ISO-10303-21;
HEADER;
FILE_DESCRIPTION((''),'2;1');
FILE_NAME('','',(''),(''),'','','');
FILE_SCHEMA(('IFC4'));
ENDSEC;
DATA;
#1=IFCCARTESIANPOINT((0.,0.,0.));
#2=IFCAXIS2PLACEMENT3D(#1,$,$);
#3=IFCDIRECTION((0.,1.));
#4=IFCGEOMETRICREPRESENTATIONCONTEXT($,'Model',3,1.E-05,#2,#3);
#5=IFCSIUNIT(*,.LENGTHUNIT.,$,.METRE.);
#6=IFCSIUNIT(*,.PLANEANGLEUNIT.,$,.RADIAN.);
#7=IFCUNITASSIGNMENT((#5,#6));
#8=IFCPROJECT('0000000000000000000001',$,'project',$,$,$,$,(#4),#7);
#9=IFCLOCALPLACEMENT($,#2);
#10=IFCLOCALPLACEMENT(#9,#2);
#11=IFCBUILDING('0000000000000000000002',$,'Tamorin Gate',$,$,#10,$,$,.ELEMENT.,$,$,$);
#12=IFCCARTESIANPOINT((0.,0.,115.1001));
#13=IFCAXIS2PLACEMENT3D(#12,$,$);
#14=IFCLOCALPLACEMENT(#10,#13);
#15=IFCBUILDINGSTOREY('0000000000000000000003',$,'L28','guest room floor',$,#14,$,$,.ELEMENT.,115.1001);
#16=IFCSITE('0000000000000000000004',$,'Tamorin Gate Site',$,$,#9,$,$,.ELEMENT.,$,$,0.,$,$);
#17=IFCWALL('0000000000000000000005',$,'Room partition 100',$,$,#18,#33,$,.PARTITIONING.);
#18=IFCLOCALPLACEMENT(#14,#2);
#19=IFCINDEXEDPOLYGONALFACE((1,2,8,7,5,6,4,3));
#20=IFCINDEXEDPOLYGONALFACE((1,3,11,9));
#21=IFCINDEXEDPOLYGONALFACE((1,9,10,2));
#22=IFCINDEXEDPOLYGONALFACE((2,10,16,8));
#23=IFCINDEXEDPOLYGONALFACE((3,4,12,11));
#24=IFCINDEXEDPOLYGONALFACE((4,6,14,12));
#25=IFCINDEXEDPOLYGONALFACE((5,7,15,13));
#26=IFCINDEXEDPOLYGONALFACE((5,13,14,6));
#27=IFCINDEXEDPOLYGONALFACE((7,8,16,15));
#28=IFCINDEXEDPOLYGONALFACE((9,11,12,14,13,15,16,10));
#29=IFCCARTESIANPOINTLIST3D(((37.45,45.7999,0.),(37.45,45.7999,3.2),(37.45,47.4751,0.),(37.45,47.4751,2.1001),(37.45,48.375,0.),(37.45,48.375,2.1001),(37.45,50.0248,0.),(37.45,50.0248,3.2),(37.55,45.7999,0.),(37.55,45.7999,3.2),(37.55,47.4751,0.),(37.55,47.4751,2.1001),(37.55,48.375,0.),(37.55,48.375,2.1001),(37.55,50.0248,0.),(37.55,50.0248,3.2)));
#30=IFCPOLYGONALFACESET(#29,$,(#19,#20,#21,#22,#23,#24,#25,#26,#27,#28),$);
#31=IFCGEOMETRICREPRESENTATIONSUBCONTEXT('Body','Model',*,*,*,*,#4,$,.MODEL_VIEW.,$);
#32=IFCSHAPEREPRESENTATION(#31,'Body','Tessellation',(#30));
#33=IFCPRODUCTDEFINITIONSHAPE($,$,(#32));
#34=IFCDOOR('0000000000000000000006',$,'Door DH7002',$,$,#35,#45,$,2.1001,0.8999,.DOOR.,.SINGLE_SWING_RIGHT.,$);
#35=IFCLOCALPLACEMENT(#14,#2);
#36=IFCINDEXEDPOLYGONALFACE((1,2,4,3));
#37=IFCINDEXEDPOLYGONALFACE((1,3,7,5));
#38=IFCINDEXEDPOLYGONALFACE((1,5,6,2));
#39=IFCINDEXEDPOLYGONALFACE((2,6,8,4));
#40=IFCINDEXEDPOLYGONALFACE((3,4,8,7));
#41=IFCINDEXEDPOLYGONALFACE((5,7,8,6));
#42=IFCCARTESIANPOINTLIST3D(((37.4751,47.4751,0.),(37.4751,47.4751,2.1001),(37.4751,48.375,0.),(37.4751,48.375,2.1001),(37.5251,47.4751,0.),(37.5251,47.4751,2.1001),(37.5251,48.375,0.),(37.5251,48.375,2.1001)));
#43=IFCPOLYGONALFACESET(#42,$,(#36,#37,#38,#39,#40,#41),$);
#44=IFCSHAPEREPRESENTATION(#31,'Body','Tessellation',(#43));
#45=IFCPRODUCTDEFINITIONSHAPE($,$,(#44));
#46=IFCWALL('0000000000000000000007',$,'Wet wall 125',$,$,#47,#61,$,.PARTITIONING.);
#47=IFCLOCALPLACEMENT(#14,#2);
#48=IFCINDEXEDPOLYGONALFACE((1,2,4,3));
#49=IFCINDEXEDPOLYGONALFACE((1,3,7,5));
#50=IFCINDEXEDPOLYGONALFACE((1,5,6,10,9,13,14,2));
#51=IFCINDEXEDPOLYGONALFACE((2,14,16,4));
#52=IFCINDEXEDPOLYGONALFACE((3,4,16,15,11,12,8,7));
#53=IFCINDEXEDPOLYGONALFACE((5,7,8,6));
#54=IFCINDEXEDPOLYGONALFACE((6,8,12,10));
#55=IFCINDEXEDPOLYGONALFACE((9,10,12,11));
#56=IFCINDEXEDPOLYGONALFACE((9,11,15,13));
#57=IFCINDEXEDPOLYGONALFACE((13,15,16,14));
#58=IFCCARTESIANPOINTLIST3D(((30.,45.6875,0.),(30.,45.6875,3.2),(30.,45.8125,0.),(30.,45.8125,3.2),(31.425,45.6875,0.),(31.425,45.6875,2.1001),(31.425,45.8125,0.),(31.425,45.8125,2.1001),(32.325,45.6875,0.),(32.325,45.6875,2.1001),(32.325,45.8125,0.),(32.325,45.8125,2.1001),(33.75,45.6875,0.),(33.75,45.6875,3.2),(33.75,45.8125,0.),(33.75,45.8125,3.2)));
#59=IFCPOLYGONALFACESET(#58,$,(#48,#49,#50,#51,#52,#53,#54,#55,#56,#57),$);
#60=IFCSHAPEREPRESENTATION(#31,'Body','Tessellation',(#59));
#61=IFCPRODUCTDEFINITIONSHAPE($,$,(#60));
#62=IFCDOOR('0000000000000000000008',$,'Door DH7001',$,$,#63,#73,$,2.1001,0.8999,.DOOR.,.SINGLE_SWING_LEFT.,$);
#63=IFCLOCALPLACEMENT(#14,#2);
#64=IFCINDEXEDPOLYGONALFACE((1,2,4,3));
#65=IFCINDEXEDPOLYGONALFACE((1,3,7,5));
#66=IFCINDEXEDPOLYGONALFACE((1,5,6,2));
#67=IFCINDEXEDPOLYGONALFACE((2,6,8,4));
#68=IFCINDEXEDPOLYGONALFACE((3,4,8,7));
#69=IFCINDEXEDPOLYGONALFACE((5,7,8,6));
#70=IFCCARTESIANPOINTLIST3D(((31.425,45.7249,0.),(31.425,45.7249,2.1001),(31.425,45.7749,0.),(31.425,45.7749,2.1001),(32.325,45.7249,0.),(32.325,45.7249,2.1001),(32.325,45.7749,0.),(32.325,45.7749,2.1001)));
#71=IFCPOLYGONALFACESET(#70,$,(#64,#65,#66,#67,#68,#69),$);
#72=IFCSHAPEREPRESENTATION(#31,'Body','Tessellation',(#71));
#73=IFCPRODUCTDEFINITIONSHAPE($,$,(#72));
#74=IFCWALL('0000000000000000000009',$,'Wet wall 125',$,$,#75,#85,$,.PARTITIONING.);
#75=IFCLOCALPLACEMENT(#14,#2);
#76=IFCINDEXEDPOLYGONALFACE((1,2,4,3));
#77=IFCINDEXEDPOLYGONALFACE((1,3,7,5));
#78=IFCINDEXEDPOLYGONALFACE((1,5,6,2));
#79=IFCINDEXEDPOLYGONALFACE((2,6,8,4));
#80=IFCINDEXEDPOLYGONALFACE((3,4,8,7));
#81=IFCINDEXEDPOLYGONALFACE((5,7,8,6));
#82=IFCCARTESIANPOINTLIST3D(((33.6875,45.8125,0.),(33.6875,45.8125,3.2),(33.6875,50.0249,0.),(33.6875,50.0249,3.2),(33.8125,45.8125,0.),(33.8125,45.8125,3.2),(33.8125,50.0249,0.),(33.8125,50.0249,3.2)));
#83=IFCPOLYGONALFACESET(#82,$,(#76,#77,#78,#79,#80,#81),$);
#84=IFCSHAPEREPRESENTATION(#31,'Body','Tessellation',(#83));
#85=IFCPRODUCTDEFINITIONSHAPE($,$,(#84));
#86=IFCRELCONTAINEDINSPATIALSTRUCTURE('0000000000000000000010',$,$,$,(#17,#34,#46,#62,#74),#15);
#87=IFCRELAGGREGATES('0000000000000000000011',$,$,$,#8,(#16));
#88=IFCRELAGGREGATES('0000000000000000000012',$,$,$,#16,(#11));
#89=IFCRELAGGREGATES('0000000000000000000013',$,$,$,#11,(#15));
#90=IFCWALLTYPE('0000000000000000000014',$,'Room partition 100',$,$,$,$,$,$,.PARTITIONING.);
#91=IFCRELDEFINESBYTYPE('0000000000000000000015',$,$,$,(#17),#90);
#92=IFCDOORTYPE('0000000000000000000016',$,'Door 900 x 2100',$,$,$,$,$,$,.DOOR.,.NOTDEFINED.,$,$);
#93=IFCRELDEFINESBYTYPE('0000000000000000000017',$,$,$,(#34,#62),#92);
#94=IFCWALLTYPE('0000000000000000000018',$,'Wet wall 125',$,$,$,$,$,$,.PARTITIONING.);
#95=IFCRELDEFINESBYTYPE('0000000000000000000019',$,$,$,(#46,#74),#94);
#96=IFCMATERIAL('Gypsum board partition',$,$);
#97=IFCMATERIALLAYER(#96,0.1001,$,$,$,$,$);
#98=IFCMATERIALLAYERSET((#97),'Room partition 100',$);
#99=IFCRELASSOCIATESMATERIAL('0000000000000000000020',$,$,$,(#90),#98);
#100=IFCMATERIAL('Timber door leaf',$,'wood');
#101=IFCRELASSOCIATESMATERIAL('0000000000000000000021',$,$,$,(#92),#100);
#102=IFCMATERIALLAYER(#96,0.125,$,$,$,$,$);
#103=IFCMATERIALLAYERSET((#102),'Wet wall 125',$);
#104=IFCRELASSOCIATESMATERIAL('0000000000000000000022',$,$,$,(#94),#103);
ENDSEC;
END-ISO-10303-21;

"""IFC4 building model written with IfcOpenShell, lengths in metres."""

from ifc_helpers import new_model, si_unit, direction, frame, frame_2d, origin, place, context, subcontext, project, spatial, rectangle, extrude, material, layer, layer_set, type_object, element, fill, save


model = new_model("IFC4")

# Units and contexts
model_context = context("Model", 3, precision=1e-05, world=origin(), true_north=direction((0.0, 1.0)))
body_context = subcontext(model_context, "Body", "Model", "MODEL_VIEW")
ifc_project = project(units=[si_unit("LENGTHUNIT", "METRE"), si_unit("PLANEANGLEUNIT", "RADIAN")], contexts=[model_context])

# Site, building, storey
site_placement = place(None, origin())
site = spatial("IfcSite", under=ifc_project, at=site_placement, Name="Tamorin Gate Site", CompositionType="ELEMENT", RefElevation=0.0)
building_placement = place(site_placement, origin())
building = spatial("IfcBuilding", under=site, at=building_placement, Name="Tamorin Gate", CompositionType="ELEMENT")
storey_placement = place(building_placement, frame((0.0, 0.0, 115.1001)))
storey = spatial("IfcBuildingStorey", under=building, at=storey_placement, Name="L28", Description="guest room floor", CompositionType="ELEMENT", Elevation=115.1001)

# Walls, openings, doors
ifc_material_1 = material(Name="Gypsum board partition")
ifc_layer_1 = layer(ifc_material_1, 0.1001)
ifc_layer_set_1 = layer_set([ifc_layer_1], Name="Room partition 100")
wall_type_1 = type_object("IfcWallType", Name="Room partition 100", PredefinedType="PARTITIONING", material=ifc_layer_set_1)
ifc_material_2 = material(Name="Timber door leaf", Category="wood")
door_type = type_object("IfcDoorType", Name="Door 900 x 2100", OperationType="NOTDEFINED", PredefinedType="DOOR", material=ifc_material_2)
wall_1_placement = place(storey_placement, frame((37.5, 45.8, 0.0), z_axis=(0.0, 0.0, 1.0), x_axis=(0.0, 1.0, 0.0)))
wall_1 = element("IfcWall", 1, at=wall_1_placement, inside=storey, type_object=wall_type_1, Name="Room partition 100", PredefinedType="PARTITIONING", context=body_context, shape_type="SweptSolid", body=[
    extrude(rectangle(XDim=4.2249, YDim=0.1001, at=frame_2d((2.1123, 0.0))), origin(), (0.0, 0.0, 1.0), 3.2),
])
opening_1_placement = place(wall_1_placement, frame((1.675, 0.0, 0.0)))
opening_1 = element("IfcOpeningElement", 2, at=opening_1_placement, cuts=wall_1, PredefinedType="OPENING", context=body_context, shape_type="SweptSolid", body=[
    extrude(rectangle(XDim=0.8999, YDim=2.1001, at=frame_2d((0.45, 1.05))), frame((0.0, 0.0601, 0.0), z_axis=(0.0, -1.0, 0.0), x_axis=(1.0, 0.0, 0.0)), (0.0, 0.0, 1.0), 0.1201),
])
door_1_placement = place(opening_1_placement, origin())
door_1 = element("IfcDoor", 3, at=door_1_placement, inside=storey, type_object=door_type, Name="Door DH7002", OperationType="SINGLE_SWING_RIGHT", OverallHeight=2.1001, OverallWidth=0.8999, PredefinedType="DOOR", context=body_context, shape_type="SweptSolid", body=[
    extrude(rectangle(XDim=0.8999, YDim=2.1001, at=frame_2d((0.45, 1.05))), frame((0.0, 0.0249, 0.0), z_axis=(0.0, -1.0, 0.0), x_axis=(1.0, 0.0, 0.0)), (0.0, 0.0, 1.0), 0.05),
])
fill(opening_1, door_1)
ifc_layer_2 = layer(ifc_material_1, 0.125)
ifc_layer_set_2 = layer_set([ifc_layer_2], Name="Wet wall 125")
wall_type_2 = type_object("IfcWallType", Name="Wet wall 125", PredefinedType="PARTITIONING", material=ifc_layer_set_2)
wall_2_placement = place(storey_placement, frame((30.0, 45.75, 0.0), z_axis=(0.0, 0.0, 1.0), x_axis=(1.0, 0.0, 0.0)))
wall_2 = element("IfcWall", 4, at=wall_2_placement, inside=storey, type_object=wall_type_2, Name="Wet wall 125", PredefinedType="PARTITIONING", context=body_context, shape_type="SweptSolid", body=[
    extrude(rectangle(XDim=3.75, YDim=0.125, at=frame_2d((1.875, 0.0))), origin(), (0.0, 0.0, 1.0), 3.2),
])
opening_2_placement = place(wall_2_placement, frame((1.425, 0.0, 0.0)))
opening_2 = element("IfcOpeningElement", 5, at=opening_2_placement, cuts=wall_2, PredefinedType="OPENING", context=body_context, shape_type="SweptSolid", body=[
    extrude(rectangle(XDim=0.8999, YDim=2.1001, at=frame_2d((0.45, 1.05))), frame((0.0, 0.0725, 0.0), z_axis=(0.0, -1.0, 0.0), x_axis=(1.0, 0.0, 0.0)), (0.0, 0.0, 1.0), 0.145),
])
door_2_placement = place(opening_2_placement, origin())
door_2 = element("IfcDoor", 6, at=door_2_placement, inside=storey, type_object=door_type, Name="Door DH7001", OperationType="SINGLE_SWING_LEFT", OverallHeight=2.1001, OverallWidth=0.8999, PredefinedType="DOOR", context=body_context, shape_type="SweptSolid", body=[
    extrude(rectangle(XDim=0.8999, YDim=2.1001, at=frame_2d((0.45, 1.05))), frame((0.0, 0.0249, 0.0), z_axis=(0.0, -1.0, 0.0), x_axis=(1.0, 0.0, 0.0)), (0.0, 0.0, 1.0), 0.05),
])
fill(opening_2, door_2)

# Wall
wall_3_placement = place(storey_placement, frame((33.75, 45.8125, 0.0), z_axis=(0.0, 0.0, 1.0), x_axis=(0.0, 1.0, 0.0)))
element("IfcWall", 7, at=wall_3_placement, inside=storey, type_object=wall_type_2, Name="Wet wall 125", PredefinedType="PARTITIONING", context=body_context, shape_type="SweptSolid", body=[
    extrude(rectangle(XDim=4.2124, YDim=0.125, at=frame_2d((2.1062, 0.0))), origin(), (0.0, 0.0, 1.0), 3.2),
])

save(model, "model.ifc")
